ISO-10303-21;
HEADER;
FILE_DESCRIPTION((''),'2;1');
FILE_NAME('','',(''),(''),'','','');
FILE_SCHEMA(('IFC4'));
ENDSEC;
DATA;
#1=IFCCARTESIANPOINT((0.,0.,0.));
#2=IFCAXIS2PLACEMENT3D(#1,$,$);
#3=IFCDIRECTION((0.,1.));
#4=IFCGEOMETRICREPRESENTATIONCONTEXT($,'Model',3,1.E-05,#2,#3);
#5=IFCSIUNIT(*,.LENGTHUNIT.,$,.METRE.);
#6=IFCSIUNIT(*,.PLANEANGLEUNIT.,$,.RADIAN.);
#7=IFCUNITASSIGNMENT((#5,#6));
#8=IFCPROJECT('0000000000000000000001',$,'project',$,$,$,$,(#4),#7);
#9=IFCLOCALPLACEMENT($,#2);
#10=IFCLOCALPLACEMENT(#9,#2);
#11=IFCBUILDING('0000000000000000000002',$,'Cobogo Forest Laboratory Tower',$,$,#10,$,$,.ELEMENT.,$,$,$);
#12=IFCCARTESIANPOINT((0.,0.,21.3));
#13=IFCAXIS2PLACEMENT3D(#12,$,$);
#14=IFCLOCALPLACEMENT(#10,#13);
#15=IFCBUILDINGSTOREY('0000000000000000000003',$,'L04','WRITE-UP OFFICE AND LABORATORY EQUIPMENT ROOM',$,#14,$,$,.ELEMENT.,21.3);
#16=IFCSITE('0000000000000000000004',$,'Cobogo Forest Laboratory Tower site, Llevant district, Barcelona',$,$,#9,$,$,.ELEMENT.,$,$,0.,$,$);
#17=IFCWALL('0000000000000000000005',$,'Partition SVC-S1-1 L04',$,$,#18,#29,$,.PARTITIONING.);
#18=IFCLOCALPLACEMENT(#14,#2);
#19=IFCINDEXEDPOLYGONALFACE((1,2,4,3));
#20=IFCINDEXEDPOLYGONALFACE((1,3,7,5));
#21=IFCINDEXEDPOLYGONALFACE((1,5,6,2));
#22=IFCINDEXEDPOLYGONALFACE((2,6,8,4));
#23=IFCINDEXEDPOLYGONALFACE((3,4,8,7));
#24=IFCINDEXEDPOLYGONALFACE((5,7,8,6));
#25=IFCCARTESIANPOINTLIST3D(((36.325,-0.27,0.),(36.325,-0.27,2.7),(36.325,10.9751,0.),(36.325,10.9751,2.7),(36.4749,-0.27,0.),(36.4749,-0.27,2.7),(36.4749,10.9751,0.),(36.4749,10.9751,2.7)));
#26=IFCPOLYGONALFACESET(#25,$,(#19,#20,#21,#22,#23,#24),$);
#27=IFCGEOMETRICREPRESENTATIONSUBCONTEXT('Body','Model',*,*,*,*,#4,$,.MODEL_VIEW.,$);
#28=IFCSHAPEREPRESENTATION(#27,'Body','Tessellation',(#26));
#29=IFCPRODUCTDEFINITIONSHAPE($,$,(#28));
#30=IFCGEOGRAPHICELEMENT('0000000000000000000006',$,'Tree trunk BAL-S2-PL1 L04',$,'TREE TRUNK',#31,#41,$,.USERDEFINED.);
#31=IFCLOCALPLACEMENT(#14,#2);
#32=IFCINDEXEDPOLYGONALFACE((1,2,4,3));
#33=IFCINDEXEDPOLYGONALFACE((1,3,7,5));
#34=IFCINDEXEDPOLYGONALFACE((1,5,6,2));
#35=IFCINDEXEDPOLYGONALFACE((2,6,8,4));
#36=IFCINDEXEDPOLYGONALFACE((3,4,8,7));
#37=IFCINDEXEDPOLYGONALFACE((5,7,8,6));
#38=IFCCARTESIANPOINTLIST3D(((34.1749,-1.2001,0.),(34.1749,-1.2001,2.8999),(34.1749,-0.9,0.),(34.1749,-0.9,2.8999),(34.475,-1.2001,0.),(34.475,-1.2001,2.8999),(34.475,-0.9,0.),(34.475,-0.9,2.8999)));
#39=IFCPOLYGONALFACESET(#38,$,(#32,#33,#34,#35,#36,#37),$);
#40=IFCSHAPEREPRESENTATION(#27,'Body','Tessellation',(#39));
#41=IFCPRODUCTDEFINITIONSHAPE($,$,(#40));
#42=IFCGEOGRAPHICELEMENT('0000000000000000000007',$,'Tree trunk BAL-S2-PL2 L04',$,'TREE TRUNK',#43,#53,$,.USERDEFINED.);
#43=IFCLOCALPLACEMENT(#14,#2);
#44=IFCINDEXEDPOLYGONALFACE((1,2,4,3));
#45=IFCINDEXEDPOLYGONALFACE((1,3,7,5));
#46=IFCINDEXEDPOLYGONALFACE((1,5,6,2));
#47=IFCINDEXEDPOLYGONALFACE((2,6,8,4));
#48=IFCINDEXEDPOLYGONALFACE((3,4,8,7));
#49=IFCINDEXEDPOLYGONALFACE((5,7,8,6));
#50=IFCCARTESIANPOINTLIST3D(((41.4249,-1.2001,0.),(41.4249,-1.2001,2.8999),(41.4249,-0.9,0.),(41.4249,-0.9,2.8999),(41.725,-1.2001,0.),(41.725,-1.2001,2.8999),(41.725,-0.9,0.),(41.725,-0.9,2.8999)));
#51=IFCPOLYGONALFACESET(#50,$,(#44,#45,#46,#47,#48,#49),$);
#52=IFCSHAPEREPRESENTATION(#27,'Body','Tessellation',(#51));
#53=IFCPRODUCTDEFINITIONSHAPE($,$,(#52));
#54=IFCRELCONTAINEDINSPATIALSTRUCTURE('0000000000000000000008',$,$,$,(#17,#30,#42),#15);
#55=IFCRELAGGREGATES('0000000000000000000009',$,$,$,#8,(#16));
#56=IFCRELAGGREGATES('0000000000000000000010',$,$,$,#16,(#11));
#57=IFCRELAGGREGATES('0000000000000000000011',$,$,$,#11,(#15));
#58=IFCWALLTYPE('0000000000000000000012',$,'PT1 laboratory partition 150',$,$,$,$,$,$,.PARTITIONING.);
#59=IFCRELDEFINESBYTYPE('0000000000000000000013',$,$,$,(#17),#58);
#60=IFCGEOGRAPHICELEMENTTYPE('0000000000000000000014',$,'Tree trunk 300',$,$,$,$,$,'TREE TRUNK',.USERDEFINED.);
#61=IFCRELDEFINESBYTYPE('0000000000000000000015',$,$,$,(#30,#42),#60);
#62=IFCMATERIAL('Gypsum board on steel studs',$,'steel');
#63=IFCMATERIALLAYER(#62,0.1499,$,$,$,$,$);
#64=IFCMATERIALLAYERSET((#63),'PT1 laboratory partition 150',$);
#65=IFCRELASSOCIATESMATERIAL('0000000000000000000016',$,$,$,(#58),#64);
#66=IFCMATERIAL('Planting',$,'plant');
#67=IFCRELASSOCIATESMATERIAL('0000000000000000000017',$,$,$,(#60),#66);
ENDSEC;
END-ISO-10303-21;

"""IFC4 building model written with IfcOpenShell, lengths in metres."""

from ifc_helpers import new_model, si_unit, direction, frame, frame_2d, origin, origin_2d, place, context, subcontext, project, spatial, rectangle, extrude, material, layer, layer_set, type_object, element, save


model = new_model("IFC4")

# Units and contexts
model_context = context("Model", 3, precision=1e-05, world=origin(), true_north=direction((0.0, 1.0)))
body_context = subcontext(model_context, "Body", "Model", "MODEL_VIEW")
ifc_project = project(units=[si_unit("LENGTHUNIT", "METRE"), si_unit("PLANEANGLEUNIT", "RADIAN")], contexts=[model_context])

# Site, building, storey
site_placement = place(None, origin())
site = spatial("IfcSite", under=ifc_project, at=site_placement, Name="Cobogo Forest Laboratory Tower site, Llevant district, Barcelona", CompositionType="ELEMENT", RefElevation=0.0)
building_placement = place(site_placement, origin())
building = spatial("IfcBuilding", under=site, at=building_placement, Name="Cobogo Forest Laboratory Tower", CompositionType="ELEMENT")
storey_placement = place(building_placement, frame((0.0, 0.0, 21.3)))
storey = spatial("IfcBuildingStorey", under=building, at=storey_placement, Name="L04", Description="WRITE-UP OFFICE AND LABORATORY EQUIPMENT ROOM", CompositionType="ELEMENT", Elevation=21.3)

# Wall
ifc_material_1 = material(Name="Gypsum board on steel studs", Category="steel")
ifc_layer_1 = layer(ifc_material_1, 0.1499)
ifc_layer_set_1 = layer_set([ifc_layer_1], Name="PT1 laboratory partition 150")
wall_type_1 = type_object("IfcWallType", Name="PT1 laboratory partition 150", PredefinedType="PARTITIONING", material=ifc_layer_set_1)
wall_1_placement = place(storey_placement, frame((36.3999, -0.27, 0.0), z_axis=(0.0, 0.0, 1.0), x_axis=(0.0, 1.0, 0.0)))
element("IfcWall", 1, at=wall_1_placement, inside=storey, type_object=wall_type_1, Name="Partition SVC-S1-1 L04", PredefinedType="PARTITIONING", context=body_context, shape_type="SweptSolid", body=[
    extrude(rectangle(XDim=11.2451, YDim=0.1499, at=frame_2d((5.6226, 0.0))), origin(), (0.0, 0.0, 1.0), 2.7),
])

# Geographic elements
ifc_material_2 = material(Name="Planting", Category="plant")
geographic_element_type = type_object("IfcGeographicElementType", Name="Tree trunk 300", ElementType="TREE TRUNK", PredefinedType="USERDEFINED", material=ifc_material_2)
for number, where, z_axis, x_axis, name in (
    (2, (34.325, -1.05, 0.0), (0.0, 0.0, 1.0), (1.0, 0.0, 0.0), "Tree trunk BAL-S2-PL1 L04"),
    (3, (41.575, -1.05, 0.0), (0.0, 0.0, 1.0), (1.0, 0.0, 0.0), "Tree trunk BAL-S2-PL2 L04"),
):
    element("IfcGeographicElement", number, at=place(storey_placement, frame(where, z_axis=z_axis, x_axis=x_axis)), inside=storey, type_object=geographic_element_type, Name=name, ObjectType="TREE TRUNK", PredefinedType="USERDEFINED", context=body_context, shape_type="SweptSolid", body=[
        extrude(rectangle(XDim=0.3, YDim=0.3, at=origin_2d()), origin(), (0.0, 0.0, 1.0), 2.8999),
    ])

save(model, "model.ifc")
